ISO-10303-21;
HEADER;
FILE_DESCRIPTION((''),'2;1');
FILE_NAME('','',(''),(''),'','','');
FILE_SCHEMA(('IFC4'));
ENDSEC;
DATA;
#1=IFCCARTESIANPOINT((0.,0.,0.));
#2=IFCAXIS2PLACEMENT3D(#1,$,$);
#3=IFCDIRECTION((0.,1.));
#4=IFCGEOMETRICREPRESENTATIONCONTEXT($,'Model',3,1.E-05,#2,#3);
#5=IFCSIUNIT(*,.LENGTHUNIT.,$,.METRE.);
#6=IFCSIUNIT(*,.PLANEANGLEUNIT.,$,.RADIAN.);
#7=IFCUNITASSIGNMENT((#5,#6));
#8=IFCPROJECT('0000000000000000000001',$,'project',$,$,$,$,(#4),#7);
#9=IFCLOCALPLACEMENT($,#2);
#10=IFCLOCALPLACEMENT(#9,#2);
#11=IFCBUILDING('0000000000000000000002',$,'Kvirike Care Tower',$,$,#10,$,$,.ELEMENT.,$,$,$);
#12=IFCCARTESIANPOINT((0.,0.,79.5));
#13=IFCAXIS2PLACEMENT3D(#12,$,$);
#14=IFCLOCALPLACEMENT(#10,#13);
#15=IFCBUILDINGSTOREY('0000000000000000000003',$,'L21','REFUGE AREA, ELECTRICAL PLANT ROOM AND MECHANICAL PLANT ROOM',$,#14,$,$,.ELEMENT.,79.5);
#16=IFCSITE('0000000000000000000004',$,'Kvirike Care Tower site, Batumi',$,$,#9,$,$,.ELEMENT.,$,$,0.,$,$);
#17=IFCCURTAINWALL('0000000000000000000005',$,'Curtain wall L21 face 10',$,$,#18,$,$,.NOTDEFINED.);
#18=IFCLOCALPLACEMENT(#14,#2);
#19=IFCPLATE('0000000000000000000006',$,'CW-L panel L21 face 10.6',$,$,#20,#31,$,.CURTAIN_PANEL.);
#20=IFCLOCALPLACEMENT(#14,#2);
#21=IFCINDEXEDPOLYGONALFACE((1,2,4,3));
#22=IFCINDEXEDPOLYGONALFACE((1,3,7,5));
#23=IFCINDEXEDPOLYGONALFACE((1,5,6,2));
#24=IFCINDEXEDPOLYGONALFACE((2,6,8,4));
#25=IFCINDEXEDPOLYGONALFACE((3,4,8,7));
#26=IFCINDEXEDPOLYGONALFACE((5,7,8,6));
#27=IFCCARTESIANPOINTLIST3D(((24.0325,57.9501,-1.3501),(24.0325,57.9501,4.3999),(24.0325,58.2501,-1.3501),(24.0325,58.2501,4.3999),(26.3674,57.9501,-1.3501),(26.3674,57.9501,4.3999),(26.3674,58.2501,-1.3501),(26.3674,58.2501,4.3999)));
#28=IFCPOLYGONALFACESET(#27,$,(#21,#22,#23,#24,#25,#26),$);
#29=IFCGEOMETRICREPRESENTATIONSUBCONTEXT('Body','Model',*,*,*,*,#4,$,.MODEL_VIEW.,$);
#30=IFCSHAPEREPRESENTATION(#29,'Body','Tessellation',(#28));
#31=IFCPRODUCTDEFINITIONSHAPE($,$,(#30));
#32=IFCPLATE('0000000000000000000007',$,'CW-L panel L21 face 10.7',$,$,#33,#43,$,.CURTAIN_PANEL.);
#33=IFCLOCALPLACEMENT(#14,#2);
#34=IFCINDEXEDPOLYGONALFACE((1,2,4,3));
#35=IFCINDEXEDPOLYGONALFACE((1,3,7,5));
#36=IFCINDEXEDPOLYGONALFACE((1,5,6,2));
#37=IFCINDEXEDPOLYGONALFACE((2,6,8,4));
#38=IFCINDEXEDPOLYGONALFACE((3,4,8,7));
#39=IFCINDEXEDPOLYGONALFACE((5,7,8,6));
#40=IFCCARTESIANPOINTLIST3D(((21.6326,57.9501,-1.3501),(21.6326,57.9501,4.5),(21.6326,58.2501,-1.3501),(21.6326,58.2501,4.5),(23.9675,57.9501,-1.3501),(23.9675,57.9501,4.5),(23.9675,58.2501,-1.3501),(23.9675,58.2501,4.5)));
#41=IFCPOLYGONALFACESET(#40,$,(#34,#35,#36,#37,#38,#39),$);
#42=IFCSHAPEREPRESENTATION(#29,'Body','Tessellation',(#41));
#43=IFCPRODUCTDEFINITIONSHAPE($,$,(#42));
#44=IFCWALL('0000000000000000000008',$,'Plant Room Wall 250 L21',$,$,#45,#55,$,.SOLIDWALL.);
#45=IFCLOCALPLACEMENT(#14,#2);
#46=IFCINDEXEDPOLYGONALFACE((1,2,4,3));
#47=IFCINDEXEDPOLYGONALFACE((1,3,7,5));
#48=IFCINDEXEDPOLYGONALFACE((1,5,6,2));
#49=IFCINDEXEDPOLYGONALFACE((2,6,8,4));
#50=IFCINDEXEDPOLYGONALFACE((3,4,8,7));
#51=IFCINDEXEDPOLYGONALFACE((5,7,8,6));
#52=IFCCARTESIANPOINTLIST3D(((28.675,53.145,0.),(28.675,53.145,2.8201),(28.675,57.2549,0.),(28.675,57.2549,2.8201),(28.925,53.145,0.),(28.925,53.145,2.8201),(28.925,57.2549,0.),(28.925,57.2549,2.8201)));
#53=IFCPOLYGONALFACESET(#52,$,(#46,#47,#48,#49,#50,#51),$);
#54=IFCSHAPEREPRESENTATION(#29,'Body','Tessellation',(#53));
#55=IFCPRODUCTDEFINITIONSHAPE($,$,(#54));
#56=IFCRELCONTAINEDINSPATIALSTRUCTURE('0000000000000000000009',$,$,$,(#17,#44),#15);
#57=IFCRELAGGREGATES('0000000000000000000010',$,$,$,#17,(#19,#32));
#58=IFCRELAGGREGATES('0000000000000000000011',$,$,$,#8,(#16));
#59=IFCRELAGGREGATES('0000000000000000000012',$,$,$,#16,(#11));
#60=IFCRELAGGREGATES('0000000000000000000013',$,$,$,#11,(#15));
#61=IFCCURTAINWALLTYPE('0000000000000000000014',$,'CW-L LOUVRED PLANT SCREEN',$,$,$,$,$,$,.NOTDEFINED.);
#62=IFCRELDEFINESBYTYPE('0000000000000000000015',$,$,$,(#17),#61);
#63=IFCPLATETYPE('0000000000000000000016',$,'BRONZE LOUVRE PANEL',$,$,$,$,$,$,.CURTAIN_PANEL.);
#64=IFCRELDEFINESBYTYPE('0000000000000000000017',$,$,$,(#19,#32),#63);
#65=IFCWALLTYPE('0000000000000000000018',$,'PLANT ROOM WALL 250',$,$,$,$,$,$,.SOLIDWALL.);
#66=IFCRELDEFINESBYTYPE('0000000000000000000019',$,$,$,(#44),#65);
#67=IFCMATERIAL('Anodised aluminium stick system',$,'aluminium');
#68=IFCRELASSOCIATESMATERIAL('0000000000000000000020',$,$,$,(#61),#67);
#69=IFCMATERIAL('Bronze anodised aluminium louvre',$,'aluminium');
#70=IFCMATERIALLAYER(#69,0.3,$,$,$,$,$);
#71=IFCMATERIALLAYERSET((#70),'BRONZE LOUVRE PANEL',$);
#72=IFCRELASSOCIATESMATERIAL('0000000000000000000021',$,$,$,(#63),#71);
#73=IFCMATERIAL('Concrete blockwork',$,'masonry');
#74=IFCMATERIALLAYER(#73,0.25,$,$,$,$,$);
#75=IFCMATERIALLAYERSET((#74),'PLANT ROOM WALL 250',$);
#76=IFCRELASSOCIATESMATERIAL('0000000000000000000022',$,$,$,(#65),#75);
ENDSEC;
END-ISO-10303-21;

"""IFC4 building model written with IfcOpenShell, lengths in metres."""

from ifc_helpers import new_model, si_unit, direction, frame, frame_2d, origin, origin_2d, place, context, subcontext, project, spatial, rectangle, extrude, material, layer, layer_set, type_object, element, aggregate, save


model = new_model("IFC4")

# Units and contexts
model_context = context("Model", 3, precision=1e-05, world=origin(), true_north=direction((0.0, 1.0)))
body_context = subcontext(model_context, "Body", "Model", "MODEL_VIEW")
ifc_project = project(units=[si_unit("LENGTHUNIT", "METRE"), si_unit("PLANEANGLEUNIT", "RADIAN")], contexts=[model_context])

# Site, building, storey
site_placement = place(None, origin())
site = spatial("IfcSite", under=ifc_project, at=site_placement, Name="Kvirike Care Tower site, Batumi", CompositionType="ELEMENT", RefElevation=0.0)
building_placement = place(site_placement, origin())
building = spatial("IfcBuilding", under=site, at=building_placement, Name="Kvirike Care Tower", CompositionType="ELEMENT")
storey_placement = place(building_placement, frame((0.0, 0.0, 79.5)))
storey = spatial("IfcBuildingStorey", under=building, at=storey_placement, Name="L21", Description="REFUGE AREA, ELECTRICAL PLANT ROOM AND MECHANICAL PLANT ROOM", CompositionType="ELEMENT", Elevation=79.5)

# Curtain wall
ifc_material_1 = material(Name="Anodised aluminium stick system", Category="aluminium")
curtain_wall_type = type_object("IfcCurtainWallType", Name="CW-L LOUVRED PLANT SCREEN", PredefinedType="NOTDEFINED", material=ifc_material_1)
curtain_wall_placement = place(storey_placement, origin())
curtain_wall = element("IfcCurtainWall", 1, at=curtain_wall_placement, inside=storey, type_object=curtain_wall_type, Name="Curtain wall L21 face 10", PredefinedType="NOTDEFINED")

# Plates
ifc_material_2 = material(Name="Bronze anodised aluminium louvre", Category="aluminium")
ifc_layer_1 = layer(ifc_material_2, 0.3)
ifc_layer_set_1 = layer_set([ifc_layer_1], Name="BRONZE LOUVRE PANEL")
plate_type = type_object("IfcPlateType", Name="BRONZE LOUVRE PANEL", PredefinedType="CURTAIN_PANEL", material=ifc_layer_set_1)
plate_1_placement = place(storey_placement, frame((25.2, 58.1001, -1.3501), z_axis=(0.0, 0.0, 1.0), x_axis=(-1.0, 0.0, 0.0)))
plate_1 = element("IfcPlate", 2, at=plate_1_placement, type_object=plate_type, Name="CW-L panel L21 face 10.6", PredefinedType="CURTAIN_PANEL", context=body_context, shape_type="SweptSolid", body=[
    extrude(rectangle(XDim=2.335, YDim=0.3, at=origin_2d()), origin(), (0.0, 0.0, 1.0), 5.75),
])
plate_2_placement = place(storey_placement, frame((22.8, 58.1001, -1.3501), z_axis=(0.0, 0.0, 1.0), x_axis=(-1.0, 0.0, 0.0)))
plate_2 = element("IfcPlate", 3, at=plate_2_placement, type_object=plate_type, Name="CW-L panel L21 face 10.7", PredefinedType="CURTAIN_PANEL", context=body_context, shape_type="SweptSolid", body=[
    extrude(rectangle(XDim=2.335, YDim=0.3, at=origin_2d()), origin(), (0.0, 0.0, 1.0), 5.8501),
])
aggregate(curtain_wall, [plate_1, plate_2])

# Wall
ifc_material_3 = material(Name="Concrete blockwork", Category="masonry")
ifc_layer_2 = layer(ifc_material_3, 0.25)
ifc_layer_set_2 = layer_set([ifc_layer_2], Name="PLANT ROOM WALL 250")
wall_type = type_object("IfcWallType", Name="PLANT ROOM WALL 250", PredefinedType="SOLIDWALL", material=ifc_layer_set_2)
wall_placement = place(storey_placement, frame((28.8, 53.145, 0.0), z_axis=(0.0, 0.0, 1.0), x_axis=(0.0, 1.0, 0.0)))
element("IfcWall", 4, at=wall_placement, inside=storey, type_object=wall_type, Name="Plant Room Wall 250 L21", PredefinedType="SOLIDWALL", context=body_context, shape_type="SweptSolid", body=[
    extrude(rectangle(XDim=4.1099, YDim=0.25, at=frame_2d((2.0549, 0.0))), origin(), (0.0, 0.0, 1.0), 2.8201),
])

save(model, "model.ifc")
